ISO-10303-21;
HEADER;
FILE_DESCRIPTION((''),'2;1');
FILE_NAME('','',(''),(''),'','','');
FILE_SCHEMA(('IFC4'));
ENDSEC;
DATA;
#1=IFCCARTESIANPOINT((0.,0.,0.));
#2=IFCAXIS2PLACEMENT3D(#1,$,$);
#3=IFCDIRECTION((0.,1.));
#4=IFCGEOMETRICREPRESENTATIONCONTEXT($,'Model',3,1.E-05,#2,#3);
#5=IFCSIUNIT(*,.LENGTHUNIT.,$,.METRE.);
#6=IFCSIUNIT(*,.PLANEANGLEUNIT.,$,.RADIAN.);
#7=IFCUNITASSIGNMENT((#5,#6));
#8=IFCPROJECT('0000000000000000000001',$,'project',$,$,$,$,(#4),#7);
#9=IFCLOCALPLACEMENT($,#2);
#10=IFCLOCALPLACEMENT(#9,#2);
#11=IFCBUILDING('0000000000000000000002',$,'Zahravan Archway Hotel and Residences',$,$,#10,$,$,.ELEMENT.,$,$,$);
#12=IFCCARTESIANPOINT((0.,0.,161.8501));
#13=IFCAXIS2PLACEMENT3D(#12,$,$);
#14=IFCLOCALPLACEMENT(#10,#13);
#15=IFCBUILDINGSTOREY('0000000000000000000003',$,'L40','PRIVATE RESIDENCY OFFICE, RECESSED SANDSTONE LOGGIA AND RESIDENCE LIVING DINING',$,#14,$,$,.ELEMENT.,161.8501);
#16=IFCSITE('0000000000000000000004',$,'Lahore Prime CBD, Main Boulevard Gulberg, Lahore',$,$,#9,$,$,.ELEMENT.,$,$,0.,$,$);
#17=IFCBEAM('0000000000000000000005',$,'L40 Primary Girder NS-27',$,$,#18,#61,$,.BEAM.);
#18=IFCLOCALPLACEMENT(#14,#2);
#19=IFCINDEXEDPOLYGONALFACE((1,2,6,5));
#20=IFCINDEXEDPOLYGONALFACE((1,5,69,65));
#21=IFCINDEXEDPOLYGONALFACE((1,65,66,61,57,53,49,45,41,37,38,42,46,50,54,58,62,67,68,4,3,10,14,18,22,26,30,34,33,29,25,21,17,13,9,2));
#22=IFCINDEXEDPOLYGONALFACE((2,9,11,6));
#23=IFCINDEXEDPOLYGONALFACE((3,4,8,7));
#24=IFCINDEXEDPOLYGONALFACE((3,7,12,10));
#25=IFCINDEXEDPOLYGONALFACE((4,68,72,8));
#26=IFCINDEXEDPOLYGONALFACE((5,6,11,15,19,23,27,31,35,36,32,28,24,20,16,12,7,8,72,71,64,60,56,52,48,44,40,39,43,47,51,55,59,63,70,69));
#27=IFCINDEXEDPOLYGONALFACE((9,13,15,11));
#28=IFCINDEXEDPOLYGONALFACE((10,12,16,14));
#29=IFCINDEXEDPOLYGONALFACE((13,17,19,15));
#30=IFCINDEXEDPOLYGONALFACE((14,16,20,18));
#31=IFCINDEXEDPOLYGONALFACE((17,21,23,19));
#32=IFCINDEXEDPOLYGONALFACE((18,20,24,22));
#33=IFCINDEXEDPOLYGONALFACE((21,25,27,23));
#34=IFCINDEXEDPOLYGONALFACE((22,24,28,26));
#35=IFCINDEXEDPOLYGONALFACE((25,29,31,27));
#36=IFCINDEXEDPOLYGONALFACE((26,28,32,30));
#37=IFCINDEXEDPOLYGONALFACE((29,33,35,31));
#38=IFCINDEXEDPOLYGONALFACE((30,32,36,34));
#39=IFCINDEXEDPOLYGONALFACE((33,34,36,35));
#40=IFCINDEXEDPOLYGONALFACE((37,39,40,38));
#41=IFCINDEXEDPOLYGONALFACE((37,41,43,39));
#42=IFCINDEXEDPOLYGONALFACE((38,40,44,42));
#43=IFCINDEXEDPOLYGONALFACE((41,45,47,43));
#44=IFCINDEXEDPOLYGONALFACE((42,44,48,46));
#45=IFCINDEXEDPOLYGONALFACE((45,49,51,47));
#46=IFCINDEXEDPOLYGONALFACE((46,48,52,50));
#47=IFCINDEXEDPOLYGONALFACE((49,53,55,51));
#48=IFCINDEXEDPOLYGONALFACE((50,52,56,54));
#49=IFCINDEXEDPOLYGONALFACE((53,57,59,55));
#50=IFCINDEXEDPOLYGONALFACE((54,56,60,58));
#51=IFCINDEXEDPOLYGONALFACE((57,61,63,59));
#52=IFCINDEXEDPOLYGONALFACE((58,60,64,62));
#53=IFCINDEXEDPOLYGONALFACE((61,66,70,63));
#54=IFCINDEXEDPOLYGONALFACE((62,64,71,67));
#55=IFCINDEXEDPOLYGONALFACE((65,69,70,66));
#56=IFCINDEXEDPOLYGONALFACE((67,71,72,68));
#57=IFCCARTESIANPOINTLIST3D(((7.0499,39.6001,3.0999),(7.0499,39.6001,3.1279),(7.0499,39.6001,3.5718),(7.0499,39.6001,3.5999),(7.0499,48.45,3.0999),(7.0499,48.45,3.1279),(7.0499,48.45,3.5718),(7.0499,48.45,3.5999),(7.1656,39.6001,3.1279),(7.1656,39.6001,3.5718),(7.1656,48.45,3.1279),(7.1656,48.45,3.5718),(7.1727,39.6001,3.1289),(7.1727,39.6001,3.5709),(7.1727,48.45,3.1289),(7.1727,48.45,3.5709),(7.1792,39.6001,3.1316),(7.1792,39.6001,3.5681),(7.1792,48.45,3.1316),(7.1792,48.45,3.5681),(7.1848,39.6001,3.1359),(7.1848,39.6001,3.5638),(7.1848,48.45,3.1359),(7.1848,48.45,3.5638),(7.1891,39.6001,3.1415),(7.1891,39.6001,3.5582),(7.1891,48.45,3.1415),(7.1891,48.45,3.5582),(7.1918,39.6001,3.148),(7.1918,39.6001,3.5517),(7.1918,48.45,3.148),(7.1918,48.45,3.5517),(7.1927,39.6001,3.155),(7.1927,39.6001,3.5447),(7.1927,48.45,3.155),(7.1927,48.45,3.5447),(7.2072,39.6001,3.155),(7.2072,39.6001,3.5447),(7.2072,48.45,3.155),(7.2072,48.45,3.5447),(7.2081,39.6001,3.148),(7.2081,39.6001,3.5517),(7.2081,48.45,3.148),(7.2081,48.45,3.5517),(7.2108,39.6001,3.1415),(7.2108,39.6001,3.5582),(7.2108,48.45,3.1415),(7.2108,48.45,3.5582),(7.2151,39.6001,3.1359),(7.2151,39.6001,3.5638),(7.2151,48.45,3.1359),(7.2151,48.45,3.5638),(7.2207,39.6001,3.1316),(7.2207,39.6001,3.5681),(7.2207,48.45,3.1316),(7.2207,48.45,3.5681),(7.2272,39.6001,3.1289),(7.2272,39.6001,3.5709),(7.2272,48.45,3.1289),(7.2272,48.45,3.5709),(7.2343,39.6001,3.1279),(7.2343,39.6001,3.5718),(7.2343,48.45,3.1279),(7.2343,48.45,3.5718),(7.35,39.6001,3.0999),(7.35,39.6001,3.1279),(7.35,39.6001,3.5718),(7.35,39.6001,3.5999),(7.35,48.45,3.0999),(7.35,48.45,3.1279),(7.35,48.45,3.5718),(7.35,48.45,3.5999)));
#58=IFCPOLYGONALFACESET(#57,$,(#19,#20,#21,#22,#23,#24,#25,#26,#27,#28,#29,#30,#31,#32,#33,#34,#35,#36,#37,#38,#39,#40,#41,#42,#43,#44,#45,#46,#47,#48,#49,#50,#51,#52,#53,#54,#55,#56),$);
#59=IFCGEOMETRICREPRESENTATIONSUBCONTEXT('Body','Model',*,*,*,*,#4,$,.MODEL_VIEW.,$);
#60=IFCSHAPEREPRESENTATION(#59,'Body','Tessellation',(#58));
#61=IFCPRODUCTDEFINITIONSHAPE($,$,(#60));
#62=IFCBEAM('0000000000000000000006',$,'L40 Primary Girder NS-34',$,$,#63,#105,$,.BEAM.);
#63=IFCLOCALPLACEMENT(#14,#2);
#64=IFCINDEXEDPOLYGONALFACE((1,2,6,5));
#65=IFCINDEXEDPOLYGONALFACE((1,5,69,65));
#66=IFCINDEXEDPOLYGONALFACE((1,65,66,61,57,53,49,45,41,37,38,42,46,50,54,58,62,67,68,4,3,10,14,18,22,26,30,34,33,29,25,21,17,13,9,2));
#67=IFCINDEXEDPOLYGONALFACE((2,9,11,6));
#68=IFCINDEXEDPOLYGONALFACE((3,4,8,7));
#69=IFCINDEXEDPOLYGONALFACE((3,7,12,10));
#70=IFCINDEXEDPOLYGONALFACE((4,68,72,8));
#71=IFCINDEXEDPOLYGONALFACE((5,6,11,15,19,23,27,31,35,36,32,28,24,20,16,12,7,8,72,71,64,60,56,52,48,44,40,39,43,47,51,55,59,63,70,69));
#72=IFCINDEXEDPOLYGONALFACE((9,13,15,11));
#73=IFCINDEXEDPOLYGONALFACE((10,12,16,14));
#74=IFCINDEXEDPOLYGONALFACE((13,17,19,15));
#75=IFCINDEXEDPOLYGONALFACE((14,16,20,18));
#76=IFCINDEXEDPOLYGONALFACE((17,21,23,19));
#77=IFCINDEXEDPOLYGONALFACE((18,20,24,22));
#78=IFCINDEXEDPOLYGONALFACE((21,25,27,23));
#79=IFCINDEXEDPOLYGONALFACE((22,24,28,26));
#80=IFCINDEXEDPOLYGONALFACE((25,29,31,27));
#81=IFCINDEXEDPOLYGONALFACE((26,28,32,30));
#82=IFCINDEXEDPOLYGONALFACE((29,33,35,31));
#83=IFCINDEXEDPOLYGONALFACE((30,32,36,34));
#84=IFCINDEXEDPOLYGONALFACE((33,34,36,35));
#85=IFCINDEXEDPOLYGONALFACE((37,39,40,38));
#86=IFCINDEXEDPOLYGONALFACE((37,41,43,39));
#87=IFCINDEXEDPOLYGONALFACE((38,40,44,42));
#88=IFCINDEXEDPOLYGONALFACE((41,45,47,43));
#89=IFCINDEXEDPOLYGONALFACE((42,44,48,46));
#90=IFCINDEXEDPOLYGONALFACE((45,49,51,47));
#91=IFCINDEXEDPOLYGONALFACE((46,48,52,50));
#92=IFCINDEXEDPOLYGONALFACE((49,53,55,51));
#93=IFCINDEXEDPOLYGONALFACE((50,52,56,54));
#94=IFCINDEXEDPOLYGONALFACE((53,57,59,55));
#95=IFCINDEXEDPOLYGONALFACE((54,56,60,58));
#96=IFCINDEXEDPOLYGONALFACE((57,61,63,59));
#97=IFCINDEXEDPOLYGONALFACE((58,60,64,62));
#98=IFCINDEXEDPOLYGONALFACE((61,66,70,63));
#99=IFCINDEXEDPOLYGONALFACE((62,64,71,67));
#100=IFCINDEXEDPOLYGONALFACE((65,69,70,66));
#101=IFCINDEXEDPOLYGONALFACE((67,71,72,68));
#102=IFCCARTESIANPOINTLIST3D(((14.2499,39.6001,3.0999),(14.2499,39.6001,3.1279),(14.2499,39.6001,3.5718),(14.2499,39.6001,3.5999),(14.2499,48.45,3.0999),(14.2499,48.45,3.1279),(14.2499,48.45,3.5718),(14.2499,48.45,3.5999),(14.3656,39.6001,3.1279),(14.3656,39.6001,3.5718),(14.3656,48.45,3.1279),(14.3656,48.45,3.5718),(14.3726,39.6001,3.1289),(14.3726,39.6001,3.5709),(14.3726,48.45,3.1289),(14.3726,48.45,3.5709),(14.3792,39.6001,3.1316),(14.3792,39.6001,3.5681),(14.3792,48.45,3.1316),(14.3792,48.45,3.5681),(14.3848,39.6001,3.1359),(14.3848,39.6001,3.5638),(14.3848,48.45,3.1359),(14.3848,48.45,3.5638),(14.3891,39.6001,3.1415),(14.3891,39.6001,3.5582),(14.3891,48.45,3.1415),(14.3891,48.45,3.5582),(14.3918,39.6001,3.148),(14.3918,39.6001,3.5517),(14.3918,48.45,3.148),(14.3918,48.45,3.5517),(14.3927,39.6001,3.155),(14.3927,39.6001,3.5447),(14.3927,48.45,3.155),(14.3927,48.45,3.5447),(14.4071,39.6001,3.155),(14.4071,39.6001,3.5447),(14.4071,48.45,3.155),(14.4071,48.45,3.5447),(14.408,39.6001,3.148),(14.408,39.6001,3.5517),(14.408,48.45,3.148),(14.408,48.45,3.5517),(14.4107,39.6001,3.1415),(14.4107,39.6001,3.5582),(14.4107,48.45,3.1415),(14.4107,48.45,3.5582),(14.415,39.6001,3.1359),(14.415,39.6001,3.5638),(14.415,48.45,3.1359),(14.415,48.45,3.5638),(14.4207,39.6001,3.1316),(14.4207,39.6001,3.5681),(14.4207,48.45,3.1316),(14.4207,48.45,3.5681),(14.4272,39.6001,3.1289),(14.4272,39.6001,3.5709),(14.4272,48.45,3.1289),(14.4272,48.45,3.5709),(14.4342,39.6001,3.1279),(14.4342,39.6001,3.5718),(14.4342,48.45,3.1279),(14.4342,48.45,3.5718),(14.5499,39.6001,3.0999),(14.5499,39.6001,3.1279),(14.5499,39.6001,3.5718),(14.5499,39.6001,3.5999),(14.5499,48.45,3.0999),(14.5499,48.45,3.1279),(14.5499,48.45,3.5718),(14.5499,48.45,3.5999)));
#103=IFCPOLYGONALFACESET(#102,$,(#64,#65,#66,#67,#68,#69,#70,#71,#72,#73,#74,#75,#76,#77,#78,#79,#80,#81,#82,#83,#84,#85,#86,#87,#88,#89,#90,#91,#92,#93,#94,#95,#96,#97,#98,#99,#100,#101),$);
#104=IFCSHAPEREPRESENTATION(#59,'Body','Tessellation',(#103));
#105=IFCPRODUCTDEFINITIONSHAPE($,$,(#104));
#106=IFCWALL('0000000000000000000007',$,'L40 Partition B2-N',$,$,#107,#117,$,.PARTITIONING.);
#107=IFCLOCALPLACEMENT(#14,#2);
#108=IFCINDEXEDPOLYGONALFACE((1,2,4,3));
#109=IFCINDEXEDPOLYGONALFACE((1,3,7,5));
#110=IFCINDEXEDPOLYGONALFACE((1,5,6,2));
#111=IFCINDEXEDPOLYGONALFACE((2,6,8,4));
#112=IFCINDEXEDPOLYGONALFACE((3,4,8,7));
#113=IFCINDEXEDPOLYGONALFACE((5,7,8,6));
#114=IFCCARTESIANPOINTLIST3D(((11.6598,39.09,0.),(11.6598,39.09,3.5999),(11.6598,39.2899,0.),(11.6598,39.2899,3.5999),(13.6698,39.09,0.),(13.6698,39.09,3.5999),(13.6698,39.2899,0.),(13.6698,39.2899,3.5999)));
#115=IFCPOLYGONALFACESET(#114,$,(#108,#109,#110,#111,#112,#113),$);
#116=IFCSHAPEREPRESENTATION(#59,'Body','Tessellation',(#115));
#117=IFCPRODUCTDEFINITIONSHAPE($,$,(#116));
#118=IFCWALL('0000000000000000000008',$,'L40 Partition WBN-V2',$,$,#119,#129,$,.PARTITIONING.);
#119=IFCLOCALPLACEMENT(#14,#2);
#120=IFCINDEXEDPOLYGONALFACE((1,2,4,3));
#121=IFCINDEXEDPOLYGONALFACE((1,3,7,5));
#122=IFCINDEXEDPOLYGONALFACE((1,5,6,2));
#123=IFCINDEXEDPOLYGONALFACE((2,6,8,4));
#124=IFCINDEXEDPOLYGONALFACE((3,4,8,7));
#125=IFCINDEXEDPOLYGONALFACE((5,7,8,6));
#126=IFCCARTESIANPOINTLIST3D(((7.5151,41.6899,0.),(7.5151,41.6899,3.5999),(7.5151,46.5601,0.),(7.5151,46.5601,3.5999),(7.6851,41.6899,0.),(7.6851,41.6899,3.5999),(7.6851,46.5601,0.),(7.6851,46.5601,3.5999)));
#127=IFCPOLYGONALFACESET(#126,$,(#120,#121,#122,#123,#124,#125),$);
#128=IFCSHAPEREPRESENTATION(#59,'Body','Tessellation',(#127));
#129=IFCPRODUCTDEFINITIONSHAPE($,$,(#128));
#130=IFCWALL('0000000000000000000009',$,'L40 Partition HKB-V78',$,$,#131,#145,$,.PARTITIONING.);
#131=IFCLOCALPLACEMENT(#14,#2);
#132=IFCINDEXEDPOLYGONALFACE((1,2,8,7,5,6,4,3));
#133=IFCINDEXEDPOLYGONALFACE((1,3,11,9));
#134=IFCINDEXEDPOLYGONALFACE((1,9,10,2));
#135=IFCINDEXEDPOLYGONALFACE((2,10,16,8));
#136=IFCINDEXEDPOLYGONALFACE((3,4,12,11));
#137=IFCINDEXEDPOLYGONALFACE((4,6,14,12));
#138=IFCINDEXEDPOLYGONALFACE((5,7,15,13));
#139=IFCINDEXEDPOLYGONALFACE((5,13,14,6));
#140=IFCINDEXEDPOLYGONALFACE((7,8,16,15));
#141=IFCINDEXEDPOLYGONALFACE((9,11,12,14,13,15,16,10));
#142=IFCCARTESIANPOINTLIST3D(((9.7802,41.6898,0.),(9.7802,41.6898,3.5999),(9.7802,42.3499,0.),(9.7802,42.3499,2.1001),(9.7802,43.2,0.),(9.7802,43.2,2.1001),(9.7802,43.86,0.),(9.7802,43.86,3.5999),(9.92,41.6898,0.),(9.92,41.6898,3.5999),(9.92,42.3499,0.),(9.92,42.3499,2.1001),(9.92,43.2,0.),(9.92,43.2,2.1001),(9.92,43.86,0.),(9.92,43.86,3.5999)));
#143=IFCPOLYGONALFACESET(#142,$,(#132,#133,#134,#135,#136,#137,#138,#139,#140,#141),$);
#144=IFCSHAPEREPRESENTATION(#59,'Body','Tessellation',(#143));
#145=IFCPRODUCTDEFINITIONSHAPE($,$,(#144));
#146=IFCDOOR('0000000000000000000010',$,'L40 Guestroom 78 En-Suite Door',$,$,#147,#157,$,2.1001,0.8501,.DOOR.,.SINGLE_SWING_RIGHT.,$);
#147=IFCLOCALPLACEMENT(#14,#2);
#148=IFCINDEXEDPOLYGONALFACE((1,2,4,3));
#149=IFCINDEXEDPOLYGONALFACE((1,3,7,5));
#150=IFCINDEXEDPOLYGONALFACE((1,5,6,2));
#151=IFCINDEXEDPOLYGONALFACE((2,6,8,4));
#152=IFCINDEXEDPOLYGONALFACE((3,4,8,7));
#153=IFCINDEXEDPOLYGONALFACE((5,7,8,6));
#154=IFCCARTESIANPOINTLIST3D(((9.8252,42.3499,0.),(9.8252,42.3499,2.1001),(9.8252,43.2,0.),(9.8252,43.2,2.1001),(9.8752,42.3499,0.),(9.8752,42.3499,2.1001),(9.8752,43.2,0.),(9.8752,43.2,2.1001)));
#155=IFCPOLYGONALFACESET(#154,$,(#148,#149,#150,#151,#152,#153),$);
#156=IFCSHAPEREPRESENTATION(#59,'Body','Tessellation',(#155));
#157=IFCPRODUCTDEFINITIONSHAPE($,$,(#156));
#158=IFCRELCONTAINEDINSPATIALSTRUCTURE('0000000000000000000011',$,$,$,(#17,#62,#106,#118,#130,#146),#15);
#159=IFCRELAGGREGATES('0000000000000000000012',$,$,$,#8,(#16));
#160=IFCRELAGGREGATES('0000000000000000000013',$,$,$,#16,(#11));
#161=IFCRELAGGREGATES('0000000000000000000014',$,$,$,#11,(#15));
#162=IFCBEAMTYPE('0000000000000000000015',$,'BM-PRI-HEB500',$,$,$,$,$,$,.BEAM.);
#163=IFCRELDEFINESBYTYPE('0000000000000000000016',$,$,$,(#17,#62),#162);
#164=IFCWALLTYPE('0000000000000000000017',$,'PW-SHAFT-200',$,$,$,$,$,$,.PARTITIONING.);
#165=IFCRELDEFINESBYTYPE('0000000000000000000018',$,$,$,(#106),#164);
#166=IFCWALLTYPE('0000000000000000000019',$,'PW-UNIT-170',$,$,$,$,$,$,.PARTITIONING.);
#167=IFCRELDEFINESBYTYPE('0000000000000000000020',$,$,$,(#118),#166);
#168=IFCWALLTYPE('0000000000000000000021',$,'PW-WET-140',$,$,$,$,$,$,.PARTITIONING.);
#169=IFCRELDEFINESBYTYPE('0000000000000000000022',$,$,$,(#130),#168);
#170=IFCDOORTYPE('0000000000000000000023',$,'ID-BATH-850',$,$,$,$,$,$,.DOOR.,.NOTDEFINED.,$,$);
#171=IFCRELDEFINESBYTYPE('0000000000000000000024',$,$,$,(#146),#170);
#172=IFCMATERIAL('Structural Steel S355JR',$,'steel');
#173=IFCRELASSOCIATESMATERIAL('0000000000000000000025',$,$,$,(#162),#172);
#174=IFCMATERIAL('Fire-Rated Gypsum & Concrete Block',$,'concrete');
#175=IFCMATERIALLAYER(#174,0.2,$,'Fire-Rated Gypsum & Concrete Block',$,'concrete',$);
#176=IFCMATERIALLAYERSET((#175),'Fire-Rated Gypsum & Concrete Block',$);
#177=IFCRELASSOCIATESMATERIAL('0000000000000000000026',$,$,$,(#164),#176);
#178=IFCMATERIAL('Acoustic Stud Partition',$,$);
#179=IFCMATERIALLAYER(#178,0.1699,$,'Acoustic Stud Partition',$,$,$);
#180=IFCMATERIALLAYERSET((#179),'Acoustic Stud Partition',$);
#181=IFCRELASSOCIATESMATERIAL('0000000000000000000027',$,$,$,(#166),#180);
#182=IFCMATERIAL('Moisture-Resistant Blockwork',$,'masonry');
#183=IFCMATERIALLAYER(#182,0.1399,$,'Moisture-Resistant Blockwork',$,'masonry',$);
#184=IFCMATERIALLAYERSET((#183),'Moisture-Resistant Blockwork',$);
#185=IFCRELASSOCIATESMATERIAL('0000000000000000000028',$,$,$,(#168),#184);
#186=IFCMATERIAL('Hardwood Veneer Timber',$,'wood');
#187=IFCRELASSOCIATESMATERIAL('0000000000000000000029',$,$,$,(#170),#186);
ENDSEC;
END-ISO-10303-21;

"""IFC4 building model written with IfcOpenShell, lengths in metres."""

from ifc_helpers import new_model, si_unit, direction, frame, frame_2d, origin, origin_2d, place, context, subcontext, project, spatial, rectangle, i_section, extrude, source, transform, mapped, material, layer, layer_set, material_profile, profile_set, type_object, type_shapes, element, fill, save


model = new_model("IFC4")

# Units and contexts
model_context = context("Model", 3, precision=1e-05, world=origin(), true_north=direction((0.0, 1.0)))
body_context = subcontext(model_context, "Body", "Model", "MODEL_VIEW")
ifc_project = project(units=[si_unit("LENGTHUNIT", "METRE"), si_unit("PLANEANGLEUNIT", "RADIAN")], contexts=[model_context])

# Site, building, storey
site_placement = place(None, origin())
site = spatial("IfcSite", under=ifc_project, at=site_placement, Name="Lahore Prime CBD, Main Boulevard Gulberg, Lahore", CompositionType="ELEMENT", RefElevation=0.0)
building_placement = place(site_placement, origin())
building = spatial("IfcBuilding", under=site, at=building_placement, Name="Zahravan Archway Hotel and Residences", CompositionType="ELEMENT")
storey_placement = place(building_placement, frame((0.0, 0.0, 161.8501)))
storey = spatial("IfcBuildingStorey", under=building, at=storey_placement, Name="L40", Description="PRIVATE RESIDENCY OFFICE, RECESSED SANDSTONE LOGGIA AND RESIDENCE LIVING DINING", CompositionType="ELEMENT", Elevation=161.8501)

# Beams
ifc_material_1 = material(Name="Structural Steel S355JR", Category="steel")
ifc_material_profile_1 = material_profile(ifc_material_1, i_section(OverallWidth=0.3, OverallDepth=0.5, WebThickness=0.0144, FlangeThickness=0.0281, FilletRadius=0.0271, at=origin_2d()), Name="HEB 500", Category="steel")
ifc_profile_set_1 = profile_set([ifc_material_profile_1], Name="Structural Steel S355JR")
beam_type_1 = type_object("IfcBeamType", Name="BM-PRI-HEB500", PredefinedType="BEAM", material=ifc_profile_set_1)
shared_shape_1 = source(origin(), body_context, "Body", "SweptSolid", [
    extrude(i_section(OverallWidth=0.3, OverallDepth=0.5, WebThickness=0.0144, FlangeThickness=0.0281, FilletRadius=0.0271, at=origin_2d()), origin(), (0.0, 0.0, 1.0), 8.8499),
])
for number, where, z_axis, x_axis, name in (
    (1, (7.2, 39.6001, 3.3499), (0.0, 1.0, 0.0), (-1.0, 0.0, 0.0), "L40 Primary Girder NS-27"),
    (2, (14.3999, 39.6001, 3.3499), (0.0, 1.0, 0.0), (-1.0, 0.0, 0.0), "L40 Primary Girder NS-34"),
):
    element("IfcBeam", number, at=place(storey_placement, frame(where, z_axis=z_axis, x_axis=x_axis)), inside=storey, type_object=beam_type_1, Name=name, PredefinedType="BEAM", context=body_context, shape_type="MappedRepresentation", body=[
        mapped(shared_shape_1, transform((0.0, 0.0, 0.0), scale=1.0)),
    ])

# Walls
ifc_material_2 = material(Name="Fire-Rated Gypsum & Concrete Block", Category="concrete")
ifc_layer_1 = layer(ifc_material_2, 0.2, Name="Fire-Rated Gypsum & Concrete Block", Category="concrete")
ifc_layer_set_1 = layer_set([ifc_layer_1], Name="Fire-Rated Gypsum & Concrete Block")
wall_type_1 = type_object("IfcWallType", Name="PW-SHAFT-200", PredefinedType="PARTITIONING", material=ifc_layer_set_1)
wall_1_placement = place(storey_placement, frame((11.6599, 39.1899, 0.0), z_axis=(0.0, 0.0, 1.0), x_axis=(1.0, 0.0, 0.0)))
element("IfcWall", 3, at=wall_1_placement, inside=storey, type_object=wall_type_1, Name="L40 Partition B2-N", PredefinedType="PARTITIONING", context=body_context, shape_type="SweptSolid", body=[
    extrude(rectangle(XDim=2.01, YDim=0.2, at=frame_2d((1.0049, 0.0))), origin(), (0.0, 0.0, 1.0), 3.5999),
])
ifc_material_3 = material(Name="Acoustic Stud Partition")
ifc_layer_2 = layer(ifc_material_3, 0.1699, Name="Acoustic Stud Partition")
ifc_layer_set_2 = layer_set([ifc_layer_2], Name="Acoustic Stud Partition")
wall_type_2 = type_object("IfcWallType", Name="PW-UNIT-170", PredefinedType="PARTITIONING", material=ifc_layer_set_2)
wall_2_placement = place(storey_placement, frame((7.6001, 41.6899, 0.0), z_axis=(0.0, 0.0, 1.0), x_axis=(0.0, 1.0, 0.0)))
element("IfcWall", 4, at=wall_2_placement, inside=storey, type_object=wall_type_2, Name="L40 Partition WBN-V2", PredefinedType="PARTITIONING", context=body_context, shape_type="SweptSolid", body=[
    extrude(rectangle(XDim=4.8701, YDim=0.1699, at=frame_2d((2.4351, 0.0))), origin(), (0.0, 0.0, 1.0), 3.5999),
])
ifc_material_4 = material(Name="Moisture-Resistant Blockwork", Category="masonry")
ifc_layer_3 = layer(ifc_material_4, 0.1399, Name="Moisture-Resistant Blockwork", Category="masonry")
ifc_layer_set_3 = layer_set([ifc_layer_3], Name="Moisture-Resistant Blockwork")
wall_type_3 = type_object("IfcWallType", Name="PW-WET-140", PredefinedType="PARTITIONING", material=ifc_layer_set_3)

# Wall, opening, door
wall_3_placement = place(storey_placement, frame((9.8501, 41.6899, 0.0), z_axis=(0.0, 0.0, 1.0), x_axis=(0.0, 1.0, 0.0)))
wall_3 = element("IfcWall", 5, at=wall_3_placement, inside=storey, type_object=wall_type_3, Name="L40 Partition HKB-V78", PredefinedType="PARTITIONING", context=body_context, shape_type="SweptSolid", body=[
    extrude(rectangle(XDim=2.1702, YDim=0.1399, at=frame_2d((1.085, 0.0))), origin(), (0.0, 0.0, 1.0), 3.5999),
])
opening_placement = place(wall_3_placement, frame((0.6599, 0.0, 0.0)))
opening = element("IfcOpeningElement", 6, at=opening_placement, cuts=wall_3, PredefinedType="OPENING", context=body_context, shape_type="SweptSolid", body=[
    extrude(rectangle(XDim=0.8501, YDim=2.1001, at=frame_2d((0.425, 1.05))), frame((0.0, 0.0801, 0.0), z_axis=(0.0, -1.0, 0.0), x_axis=(1.0, 0.0, 0.0)), (0.0, 0.0, 1.0), 0.1599),
])
ifc_material_5 = material(Name="Hardwood Veneer Timber", Category="wood")
door_type = type_object("IfcDoorType", Name="ID-BATH-850", OperationType="NOTDEFINED", PredefinedType="DOOR", material=ifc_material_5)
shared_shape_2 = source(origin(), body_context, "Body", "SweptSolid", [
    extrude(rectangle(XDim=0.8501, YDim=2.1001, at=frame_2d((0.425, 1.05))), frame((0.0, 0.0249, 0.0), z_axis=(0.0, -1.0, 0.0), x_axis=(1.0, 0.0, 0.0)), (0.0, 0.0, 1.0), 0.05),
])
type_shapes(door_type, [shared_shape_2])
door_placement = place(opening_placement, origin())
door = element("IfcDoor", 7, at=door_placement, inside=storey, type_object=door_type, Name="L40 Guestroom 78 En-Suite Door", OperationType="SINGLE_SWING_RIGHT", OverallHeight=2.1001, OverallWidth=0.8501, PredefinedType="DOOR", context=body_context, shape_type="MappedRepresentation", body=[
    mapped(shared_shape_2, transform((0.0, 0.0, 0.0), scale=1.0)),
])
fill(opening, door)

save(model, "model.ifc")
